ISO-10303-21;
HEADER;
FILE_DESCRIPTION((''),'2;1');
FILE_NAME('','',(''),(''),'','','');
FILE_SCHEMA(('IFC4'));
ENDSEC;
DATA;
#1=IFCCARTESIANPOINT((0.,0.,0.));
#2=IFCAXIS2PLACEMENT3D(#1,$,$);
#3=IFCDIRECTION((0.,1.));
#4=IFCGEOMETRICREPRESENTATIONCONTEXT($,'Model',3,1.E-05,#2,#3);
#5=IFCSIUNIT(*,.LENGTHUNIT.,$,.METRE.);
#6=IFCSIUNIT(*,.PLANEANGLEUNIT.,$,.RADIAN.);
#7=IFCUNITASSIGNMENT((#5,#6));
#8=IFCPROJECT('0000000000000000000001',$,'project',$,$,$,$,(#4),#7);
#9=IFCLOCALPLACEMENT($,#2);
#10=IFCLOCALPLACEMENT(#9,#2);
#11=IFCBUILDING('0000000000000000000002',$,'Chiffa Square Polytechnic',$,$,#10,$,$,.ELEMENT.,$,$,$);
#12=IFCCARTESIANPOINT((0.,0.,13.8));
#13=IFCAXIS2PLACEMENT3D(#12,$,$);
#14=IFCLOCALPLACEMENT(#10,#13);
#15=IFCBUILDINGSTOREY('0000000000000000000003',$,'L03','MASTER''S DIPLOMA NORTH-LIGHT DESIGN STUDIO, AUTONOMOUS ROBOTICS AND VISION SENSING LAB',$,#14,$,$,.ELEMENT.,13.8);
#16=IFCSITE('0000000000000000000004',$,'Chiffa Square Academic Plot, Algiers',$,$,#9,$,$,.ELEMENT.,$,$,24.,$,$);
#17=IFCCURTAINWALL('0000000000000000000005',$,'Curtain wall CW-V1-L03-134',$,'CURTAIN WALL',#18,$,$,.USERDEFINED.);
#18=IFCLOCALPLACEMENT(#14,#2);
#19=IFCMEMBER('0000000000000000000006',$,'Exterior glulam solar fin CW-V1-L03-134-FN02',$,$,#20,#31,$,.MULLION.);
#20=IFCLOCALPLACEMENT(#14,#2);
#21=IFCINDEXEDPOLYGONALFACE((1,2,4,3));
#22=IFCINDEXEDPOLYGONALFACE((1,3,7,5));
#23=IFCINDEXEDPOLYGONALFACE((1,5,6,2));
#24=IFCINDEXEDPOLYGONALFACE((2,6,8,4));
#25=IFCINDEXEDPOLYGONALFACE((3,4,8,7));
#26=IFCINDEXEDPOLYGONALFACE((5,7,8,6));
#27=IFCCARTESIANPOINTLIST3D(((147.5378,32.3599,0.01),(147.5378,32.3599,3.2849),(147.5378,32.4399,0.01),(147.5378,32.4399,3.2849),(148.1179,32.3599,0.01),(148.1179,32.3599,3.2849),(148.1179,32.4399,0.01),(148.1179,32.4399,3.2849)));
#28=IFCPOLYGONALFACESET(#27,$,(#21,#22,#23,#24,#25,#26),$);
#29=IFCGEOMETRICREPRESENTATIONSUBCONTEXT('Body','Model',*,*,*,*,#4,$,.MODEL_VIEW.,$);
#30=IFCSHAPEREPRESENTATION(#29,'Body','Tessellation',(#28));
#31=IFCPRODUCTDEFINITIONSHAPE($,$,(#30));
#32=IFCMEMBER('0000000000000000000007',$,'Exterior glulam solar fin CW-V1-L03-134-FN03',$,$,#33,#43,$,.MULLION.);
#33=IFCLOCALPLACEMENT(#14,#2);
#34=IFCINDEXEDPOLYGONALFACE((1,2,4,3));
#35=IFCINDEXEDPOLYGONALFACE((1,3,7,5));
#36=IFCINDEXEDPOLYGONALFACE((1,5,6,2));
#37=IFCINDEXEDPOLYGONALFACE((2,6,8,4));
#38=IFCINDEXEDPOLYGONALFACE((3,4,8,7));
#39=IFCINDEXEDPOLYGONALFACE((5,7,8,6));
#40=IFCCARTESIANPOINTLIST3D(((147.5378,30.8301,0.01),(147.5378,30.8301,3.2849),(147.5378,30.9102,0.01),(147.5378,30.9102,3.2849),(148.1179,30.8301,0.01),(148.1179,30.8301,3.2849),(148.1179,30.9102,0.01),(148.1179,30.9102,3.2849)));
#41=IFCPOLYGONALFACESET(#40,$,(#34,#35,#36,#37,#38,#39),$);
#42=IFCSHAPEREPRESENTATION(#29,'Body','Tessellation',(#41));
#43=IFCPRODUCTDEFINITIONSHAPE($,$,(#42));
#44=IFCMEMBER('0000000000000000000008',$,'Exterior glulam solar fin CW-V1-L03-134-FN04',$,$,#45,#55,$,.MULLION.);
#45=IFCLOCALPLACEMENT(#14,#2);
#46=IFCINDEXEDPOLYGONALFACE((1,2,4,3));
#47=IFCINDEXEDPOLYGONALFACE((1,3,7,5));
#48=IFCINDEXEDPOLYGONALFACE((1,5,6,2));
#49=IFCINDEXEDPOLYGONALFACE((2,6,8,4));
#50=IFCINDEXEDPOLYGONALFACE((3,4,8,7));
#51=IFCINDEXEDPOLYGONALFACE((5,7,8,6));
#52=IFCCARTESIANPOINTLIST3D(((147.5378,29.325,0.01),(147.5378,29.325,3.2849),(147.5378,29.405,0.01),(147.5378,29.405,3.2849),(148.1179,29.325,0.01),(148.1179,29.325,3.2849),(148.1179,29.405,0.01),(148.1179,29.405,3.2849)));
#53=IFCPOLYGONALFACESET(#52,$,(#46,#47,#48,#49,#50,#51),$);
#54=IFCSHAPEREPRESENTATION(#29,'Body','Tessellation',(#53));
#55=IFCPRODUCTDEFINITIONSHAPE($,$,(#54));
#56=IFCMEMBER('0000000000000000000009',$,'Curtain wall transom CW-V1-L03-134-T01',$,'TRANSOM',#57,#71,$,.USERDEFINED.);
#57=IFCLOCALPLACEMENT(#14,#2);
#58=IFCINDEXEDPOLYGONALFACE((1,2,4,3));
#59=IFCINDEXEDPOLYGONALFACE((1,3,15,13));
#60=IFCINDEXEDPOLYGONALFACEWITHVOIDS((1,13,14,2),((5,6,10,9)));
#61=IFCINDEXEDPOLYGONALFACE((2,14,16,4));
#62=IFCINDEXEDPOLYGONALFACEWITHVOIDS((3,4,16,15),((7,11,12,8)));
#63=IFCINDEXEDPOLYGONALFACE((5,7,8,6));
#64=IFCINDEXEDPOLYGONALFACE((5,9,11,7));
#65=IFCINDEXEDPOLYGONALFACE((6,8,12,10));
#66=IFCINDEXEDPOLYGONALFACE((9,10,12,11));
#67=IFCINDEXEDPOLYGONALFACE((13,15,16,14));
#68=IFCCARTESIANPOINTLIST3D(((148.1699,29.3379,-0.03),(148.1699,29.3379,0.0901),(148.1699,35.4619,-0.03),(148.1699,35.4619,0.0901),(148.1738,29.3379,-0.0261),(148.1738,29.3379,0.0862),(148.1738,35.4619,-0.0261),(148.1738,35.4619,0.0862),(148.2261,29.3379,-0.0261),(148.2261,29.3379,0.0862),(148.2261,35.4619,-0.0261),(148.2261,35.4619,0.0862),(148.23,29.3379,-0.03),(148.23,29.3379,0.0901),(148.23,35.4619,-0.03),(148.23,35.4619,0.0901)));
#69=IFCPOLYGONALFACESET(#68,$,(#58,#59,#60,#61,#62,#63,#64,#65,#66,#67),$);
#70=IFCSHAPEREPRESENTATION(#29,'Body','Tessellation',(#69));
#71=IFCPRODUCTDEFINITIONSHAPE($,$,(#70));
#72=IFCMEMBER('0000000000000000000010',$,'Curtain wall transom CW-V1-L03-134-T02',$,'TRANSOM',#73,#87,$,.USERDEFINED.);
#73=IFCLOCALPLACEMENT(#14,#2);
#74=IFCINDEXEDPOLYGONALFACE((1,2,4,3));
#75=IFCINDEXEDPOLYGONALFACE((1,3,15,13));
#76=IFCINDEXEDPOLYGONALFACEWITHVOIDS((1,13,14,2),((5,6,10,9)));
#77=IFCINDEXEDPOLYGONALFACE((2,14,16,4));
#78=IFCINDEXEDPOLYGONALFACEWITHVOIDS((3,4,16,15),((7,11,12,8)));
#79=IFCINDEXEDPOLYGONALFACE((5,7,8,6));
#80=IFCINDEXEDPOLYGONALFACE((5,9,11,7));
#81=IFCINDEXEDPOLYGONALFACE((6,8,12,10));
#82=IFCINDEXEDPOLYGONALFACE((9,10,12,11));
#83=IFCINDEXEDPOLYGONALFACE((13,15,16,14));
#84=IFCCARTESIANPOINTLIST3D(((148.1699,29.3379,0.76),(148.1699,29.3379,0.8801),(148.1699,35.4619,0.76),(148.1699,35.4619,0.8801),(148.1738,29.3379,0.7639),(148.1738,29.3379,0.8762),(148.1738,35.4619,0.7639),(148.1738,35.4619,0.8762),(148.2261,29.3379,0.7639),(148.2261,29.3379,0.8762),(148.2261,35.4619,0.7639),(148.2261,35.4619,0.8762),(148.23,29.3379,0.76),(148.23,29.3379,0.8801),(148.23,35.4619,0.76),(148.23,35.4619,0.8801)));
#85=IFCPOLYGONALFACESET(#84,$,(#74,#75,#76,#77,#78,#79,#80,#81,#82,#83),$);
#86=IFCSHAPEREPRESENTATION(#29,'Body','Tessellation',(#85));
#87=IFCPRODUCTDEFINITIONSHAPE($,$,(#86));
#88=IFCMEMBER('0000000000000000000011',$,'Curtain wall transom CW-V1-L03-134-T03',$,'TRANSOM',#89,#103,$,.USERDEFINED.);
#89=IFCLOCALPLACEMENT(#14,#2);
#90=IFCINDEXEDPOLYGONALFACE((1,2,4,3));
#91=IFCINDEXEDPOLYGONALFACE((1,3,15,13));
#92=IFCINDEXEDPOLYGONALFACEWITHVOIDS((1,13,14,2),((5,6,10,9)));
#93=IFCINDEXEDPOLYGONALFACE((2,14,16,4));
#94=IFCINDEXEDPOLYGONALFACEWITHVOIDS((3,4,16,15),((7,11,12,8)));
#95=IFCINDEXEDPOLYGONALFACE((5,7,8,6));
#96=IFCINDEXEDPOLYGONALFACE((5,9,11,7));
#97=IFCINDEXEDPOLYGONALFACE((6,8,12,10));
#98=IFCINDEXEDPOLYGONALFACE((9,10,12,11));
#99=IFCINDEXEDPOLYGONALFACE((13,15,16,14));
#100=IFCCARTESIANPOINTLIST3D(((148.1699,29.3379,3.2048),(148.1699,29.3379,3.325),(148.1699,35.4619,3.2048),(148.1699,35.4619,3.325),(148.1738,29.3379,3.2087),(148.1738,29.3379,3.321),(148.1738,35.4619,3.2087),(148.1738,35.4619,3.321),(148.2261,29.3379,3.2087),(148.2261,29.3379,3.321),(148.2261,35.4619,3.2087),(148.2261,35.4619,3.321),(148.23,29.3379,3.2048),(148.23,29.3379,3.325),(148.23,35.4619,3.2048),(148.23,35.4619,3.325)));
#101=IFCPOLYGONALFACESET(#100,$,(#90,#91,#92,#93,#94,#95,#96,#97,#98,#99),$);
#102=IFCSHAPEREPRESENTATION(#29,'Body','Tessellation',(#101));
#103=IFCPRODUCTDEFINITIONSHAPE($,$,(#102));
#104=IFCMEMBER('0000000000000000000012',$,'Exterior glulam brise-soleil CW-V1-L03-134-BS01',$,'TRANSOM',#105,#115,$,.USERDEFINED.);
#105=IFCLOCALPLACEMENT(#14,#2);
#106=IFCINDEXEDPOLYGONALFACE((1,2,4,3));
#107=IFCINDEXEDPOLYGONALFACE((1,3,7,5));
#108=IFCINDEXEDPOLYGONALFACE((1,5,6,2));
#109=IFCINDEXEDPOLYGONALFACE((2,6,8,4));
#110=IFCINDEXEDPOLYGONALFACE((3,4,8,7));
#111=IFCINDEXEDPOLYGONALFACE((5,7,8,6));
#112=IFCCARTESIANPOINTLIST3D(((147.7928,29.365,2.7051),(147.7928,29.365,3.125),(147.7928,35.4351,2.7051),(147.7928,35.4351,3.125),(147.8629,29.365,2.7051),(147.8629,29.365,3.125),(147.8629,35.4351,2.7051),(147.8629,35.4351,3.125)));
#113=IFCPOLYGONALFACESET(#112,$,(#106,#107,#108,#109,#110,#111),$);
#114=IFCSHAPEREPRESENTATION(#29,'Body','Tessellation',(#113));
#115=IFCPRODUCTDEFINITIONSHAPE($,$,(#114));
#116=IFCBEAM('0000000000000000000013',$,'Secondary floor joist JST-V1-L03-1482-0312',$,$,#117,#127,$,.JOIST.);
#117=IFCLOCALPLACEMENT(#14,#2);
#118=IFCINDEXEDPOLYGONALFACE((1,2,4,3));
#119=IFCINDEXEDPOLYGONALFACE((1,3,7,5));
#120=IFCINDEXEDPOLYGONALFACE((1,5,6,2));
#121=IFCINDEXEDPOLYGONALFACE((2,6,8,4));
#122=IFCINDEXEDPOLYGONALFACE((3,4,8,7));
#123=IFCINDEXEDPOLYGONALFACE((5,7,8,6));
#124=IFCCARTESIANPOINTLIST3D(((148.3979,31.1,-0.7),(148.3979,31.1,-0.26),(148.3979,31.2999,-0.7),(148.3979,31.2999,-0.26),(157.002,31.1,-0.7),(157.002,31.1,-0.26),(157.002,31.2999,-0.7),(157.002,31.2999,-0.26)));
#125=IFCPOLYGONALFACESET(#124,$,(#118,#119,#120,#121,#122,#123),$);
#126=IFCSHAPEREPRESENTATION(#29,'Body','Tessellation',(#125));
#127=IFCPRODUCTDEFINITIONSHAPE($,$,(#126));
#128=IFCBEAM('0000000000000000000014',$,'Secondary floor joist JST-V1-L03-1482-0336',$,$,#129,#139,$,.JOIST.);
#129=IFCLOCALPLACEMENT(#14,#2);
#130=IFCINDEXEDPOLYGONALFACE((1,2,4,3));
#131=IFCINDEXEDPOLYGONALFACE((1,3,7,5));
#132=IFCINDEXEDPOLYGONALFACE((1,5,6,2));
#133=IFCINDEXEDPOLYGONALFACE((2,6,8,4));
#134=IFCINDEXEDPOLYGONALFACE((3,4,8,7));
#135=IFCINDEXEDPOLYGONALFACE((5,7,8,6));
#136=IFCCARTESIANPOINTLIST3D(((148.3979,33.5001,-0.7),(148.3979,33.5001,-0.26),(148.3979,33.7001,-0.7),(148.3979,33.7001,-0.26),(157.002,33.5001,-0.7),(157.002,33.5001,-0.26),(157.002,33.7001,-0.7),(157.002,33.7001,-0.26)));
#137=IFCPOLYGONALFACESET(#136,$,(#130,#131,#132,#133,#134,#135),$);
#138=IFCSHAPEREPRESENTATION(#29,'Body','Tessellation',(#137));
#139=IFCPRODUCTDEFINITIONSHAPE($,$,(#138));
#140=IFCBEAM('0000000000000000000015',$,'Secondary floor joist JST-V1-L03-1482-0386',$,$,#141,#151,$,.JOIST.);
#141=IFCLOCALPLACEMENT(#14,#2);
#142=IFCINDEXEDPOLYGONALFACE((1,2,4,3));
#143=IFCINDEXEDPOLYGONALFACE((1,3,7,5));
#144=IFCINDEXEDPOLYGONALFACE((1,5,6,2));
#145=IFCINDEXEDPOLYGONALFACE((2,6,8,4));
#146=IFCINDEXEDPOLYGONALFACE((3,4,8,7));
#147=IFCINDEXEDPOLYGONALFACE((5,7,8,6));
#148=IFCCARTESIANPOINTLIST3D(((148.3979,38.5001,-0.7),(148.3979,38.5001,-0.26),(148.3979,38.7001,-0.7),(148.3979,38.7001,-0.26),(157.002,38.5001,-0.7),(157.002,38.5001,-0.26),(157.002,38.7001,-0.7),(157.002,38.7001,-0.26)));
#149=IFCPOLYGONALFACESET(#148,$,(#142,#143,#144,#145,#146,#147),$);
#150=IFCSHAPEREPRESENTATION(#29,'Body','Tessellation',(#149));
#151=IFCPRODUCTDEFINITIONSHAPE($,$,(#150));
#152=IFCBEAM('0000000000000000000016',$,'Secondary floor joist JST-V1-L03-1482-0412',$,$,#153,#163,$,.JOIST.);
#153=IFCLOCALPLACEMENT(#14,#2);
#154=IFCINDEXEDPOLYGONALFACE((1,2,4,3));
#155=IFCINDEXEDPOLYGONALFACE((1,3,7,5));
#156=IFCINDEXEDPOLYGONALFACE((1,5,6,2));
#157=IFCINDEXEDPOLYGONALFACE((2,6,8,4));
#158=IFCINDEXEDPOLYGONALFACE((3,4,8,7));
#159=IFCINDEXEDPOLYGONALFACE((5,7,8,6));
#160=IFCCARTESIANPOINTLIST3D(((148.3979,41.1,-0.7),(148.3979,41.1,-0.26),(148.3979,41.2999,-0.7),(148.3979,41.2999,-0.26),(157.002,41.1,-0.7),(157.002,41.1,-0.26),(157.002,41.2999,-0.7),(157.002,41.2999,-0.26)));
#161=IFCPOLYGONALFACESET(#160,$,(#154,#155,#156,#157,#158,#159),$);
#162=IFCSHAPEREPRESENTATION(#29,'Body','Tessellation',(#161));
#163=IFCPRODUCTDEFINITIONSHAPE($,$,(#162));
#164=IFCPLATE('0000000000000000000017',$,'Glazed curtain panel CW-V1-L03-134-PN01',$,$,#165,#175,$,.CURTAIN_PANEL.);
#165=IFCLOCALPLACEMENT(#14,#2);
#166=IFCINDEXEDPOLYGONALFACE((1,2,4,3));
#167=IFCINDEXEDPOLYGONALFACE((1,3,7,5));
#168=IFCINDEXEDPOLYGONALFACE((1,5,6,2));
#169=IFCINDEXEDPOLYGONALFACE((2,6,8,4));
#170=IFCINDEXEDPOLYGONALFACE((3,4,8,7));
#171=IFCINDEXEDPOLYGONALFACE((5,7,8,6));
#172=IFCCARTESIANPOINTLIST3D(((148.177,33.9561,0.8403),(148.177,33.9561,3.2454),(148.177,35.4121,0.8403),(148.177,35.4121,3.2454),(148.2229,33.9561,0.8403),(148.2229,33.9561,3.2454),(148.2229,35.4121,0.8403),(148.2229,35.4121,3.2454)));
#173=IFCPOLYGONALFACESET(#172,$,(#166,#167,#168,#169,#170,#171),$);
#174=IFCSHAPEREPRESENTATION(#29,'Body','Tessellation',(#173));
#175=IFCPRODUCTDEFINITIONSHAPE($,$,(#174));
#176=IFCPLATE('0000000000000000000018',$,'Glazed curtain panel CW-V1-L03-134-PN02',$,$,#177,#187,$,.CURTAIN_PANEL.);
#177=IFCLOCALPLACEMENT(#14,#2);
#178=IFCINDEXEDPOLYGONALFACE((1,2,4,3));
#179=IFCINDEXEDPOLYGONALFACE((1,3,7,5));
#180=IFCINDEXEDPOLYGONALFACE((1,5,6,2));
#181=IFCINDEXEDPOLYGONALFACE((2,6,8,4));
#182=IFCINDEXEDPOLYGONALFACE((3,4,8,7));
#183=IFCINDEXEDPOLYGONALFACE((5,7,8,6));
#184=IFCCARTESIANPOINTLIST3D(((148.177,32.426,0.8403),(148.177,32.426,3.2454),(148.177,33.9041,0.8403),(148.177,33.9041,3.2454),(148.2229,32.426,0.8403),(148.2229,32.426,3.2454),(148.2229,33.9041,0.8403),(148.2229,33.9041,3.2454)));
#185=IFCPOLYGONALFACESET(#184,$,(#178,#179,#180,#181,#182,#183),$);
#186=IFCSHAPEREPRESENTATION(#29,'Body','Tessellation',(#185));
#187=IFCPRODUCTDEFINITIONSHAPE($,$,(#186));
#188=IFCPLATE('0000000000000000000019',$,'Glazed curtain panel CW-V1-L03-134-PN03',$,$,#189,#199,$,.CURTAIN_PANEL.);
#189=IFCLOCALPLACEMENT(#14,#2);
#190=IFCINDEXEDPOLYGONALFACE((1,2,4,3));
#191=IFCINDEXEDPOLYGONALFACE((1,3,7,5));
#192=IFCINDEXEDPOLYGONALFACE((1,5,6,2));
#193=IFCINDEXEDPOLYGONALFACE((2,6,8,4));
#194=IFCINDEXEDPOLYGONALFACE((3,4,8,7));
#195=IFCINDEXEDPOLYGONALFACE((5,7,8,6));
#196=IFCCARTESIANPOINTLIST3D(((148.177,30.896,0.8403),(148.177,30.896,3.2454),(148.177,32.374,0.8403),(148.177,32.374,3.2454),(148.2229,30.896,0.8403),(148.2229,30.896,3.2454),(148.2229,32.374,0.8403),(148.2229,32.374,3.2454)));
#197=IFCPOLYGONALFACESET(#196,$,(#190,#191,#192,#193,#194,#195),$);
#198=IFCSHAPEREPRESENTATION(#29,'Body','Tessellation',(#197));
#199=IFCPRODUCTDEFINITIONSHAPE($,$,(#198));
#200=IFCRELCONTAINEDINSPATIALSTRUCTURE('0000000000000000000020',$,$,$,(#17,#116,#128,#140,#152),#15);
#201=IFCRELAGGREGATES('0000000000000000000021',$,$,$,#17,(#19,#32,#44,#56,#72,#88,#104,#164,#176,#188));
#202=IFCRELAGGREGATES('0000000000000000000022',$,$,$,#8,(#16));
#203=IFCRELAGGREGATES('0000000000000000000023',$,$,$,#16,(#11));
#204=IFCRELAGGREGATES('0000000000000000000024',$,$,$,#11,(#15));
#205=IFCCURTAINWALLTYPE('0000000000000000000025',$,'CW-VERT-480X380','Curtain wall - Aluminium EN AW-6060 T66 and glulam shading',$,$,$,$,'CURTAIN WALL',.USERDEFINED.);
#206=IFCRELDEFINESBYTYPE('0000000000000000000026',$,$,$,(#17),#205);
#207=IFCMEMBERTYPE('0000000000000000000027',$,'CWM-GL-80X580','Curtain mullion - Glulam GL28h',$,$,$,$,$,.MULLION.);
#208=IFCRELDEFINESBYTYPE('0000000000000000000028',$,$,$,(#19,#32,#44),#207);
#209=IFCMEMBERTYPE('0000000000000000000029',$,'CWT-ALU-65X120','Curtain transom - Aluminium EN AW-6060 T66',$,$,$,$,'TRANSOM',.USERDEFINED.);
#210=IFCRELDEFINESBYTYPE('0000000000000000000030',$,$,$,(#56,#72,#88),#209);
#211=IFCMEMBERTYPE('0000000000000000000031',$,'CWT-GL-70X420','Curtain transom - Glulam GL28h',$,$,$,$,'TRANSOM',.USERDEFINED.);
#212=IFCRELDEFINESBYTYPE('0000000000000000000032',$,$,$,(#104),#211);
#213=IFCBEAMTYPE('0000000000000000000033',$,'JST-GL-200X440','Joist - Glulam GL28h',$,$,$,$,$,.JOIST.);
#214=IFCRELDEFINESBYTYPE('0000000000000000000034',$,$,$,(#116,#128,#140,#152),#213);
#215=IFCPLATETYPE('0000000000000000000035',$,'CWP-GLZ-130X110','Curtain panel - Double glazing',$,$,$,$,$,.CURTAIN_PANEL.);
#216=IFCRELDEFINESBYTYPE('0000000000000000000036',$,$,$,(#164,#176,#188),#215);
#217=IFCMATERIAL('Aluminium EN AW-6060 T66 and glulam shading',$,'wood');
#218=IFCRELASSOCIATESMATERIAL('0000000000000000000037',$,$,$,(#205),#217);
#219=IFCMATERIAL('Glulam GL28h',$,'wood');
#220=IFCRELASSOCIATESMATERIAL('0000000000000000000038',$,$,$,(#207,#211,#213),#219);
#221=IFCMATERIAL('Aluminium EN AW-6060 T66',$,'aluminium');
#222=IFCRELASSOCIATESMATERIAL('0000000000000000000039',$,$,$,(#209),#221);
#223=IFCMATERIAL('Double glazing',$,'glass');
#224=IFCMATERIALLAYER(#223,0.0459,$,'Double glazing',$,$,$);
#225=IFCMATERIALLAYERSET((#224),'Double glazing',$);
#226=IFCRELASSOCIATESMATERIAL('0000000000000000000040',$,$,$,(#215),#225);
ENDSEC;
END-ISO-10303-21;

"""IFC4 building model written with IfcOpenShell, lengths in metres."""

from ifc_helpers import new_model, si_unit, direction, frame, origin, origin_2d, place, context, subcontext, project, spatial, rectangle, hollow_rectangle, extrude, material, layer, layer_set, material_profile, profile_set, type_object, element, aggregate, save


model = new_model("IFC4")

# Units and contexts
model_context = context("Model", 3, precision=1e-05, world=origin(), true_north=direction((0.0, 1.0)))
body_context = subcontext(model_context, "Body", "Model", "MODEL_VIEW")
ifc_project = project(units=[si_unit("LENGTHUNIT", "METRE"), si_unit("PLANEANGLEUNIT", "RADIAN")], contexts=[model_context])

# Site, building, storey
site_placement = place(None, origin())
site = spatial("IfcSite", under=ifc_project, at=site_placement, Name="Chiffa Square Academic Plot, Algiers", CompositionType="ELEMENT", RefElevation=24.0)
building_placement = place(site_placement, origin())
building = spatial("IfcBuilding", under=site, at=building_placement, Name="Chiffa Square Polytechnic", CompositionType="ELEMENT")
storey_placement = place(building_placement, frame((0.0, 0.0, 13.8)))
storey = spatial("IfcBuildingStorey", under=building, at=storey_placement, Name="L03", Description="MASTER'S DIPLOMA NORTH-LIGHT DESIGN STUDIO, AUTONOMOUS ROBOTICS AND VISION SENSING LAB", CompositionType="ELEMENT", Elevation=13.8)

# Curtain wall, members
ifc_material_1 = material(Name="Aluminium EN AW-6060 T66 and glulam shading", Category="wood")
curtain_wall_type = type_object("IfcCurtainWallType", Name="CW-VERT-480X380", Description="Curtain wall - Aluminium EN AW-6060 T66 and glulam shading", ElementType="CURTAIN WALL", PredefinedType="USERDEFINED", material=ifc_material_1)
curtain_wall_placement = place(storey_placement, origin())
curtain_wall = element("IfcCurtainWall", 1, at=curtain_wall_placement, inside=storey, type_object=curtain_wall_type, Name="Curtain wall CW-V1-L03-134", ObjectType="CURTAIN WALL", PredefinedType="USERDEFINED")
ifc_material_2 = material(Name="Aluminium EN AW-6060 T66", Category="aluminium")
ifc_material_3 = material(Name="Glulam GL28h", Category="wood")
ifc_material_profile_1 = material_profile(ifc_material_3, rectangle(XDim=0.0801, YDim=0.5801, at=origin_2d()), Name="GL28h 80x580")
ifc_profile_set_1 = profile_set([ifc_material_profile_1], Name="Glulam GL28h")
member_type_1 = type_object("IfcMemberType", Name="CWM-GL-80X580", Description="Curtain mullion - Glulam GL28h", PredefinedType="MULLION", material=ifc_profile_set_1)
member_1_placement = place(storey_placement, frame((147.8279, 32.3999, 0.01), z_axis=(0.0, 0.0, 1.0), x_axis=(0.0, -1.0, 0.0)))
member_1 = element("IfcMember", 2, at=member_1_placement, type_object=member_type_1, Name="Exterior glulam solar fin CW-V1-L03-134-FN02", PredefinedType="MULLION", context=body_context, shape_type="SweptSolid", body=[
    extrude(rectangle(XDim=0.0801, YDim=0.5801, at=origin_2d()), origin(), (0.0, 0.0, 1.0), 3.2749),
])
member_2_placement = place(storey_placement, frame((147.8279, 30.8701, 0.01), z_axis=(0.0, 0.0, 1.0), x_axis=(0.0, -1.0, 0.0)))
member_2 = element("IfcMember", 3, at=member_2_placement, type_object=member_type_1, Name="Exterior glulam solar fin CW-V1-L03-134-FN03", PredefinedType="MULLION", context=body_context, shape_type="SweptSolid", body=[
    extrude(rectangle(XDim=0.0801, YDim=0.5801, at=origin_2d()), origin(), (0.0, 0.0, 1.0), 3.2749),
])
member_3_placement = place(storey_placement, frame((147.8279, 29.365, 0.01), z_axis=(0.0, 0.0, 1.0), x_axis=(0.0, -1.0, 0.0)))
member_3 = element("IfcMember", 4, at=member_3_placement, type_object=member_type_1, Name="Exterior glulam solar fin CW-V1-L03-134-FN04", PredefinedType="MULLION", context=body_context, shape_type="SweptSolid", body=[
    extrude(rectangle(XDim=0.0801, YDim=0.5801, at=origin_2d()), origin(), (0.0, 0.0, 1.0), 3.2749),
])
ifc_material_profile_2 = material_profile(ifc_material_2, hollow_rectangle(XDim=0.0601, YDim=0.1201, WallThickness=0.0039, at=origin_2d()), Name="ALU 60x120x4")
ifc_profile_set_2 = profile_set([ifc_material_profile_2], Name="Aluminium EN AW-6060 T66")
member_type_2 = type_object("IfcMemberType", Name="CWT-ALU-65X120", Description="Curtain transom - Aluminium EN AW-6060 T66", ElementType="TRANSOM", PredefinedType="USERDEFINED", material=ifc_profile_set_2)
member_4_placement = place(storey_placement, frame((148.2, 35.4619, 0.03), z_axis=(0.0, -1.0, 0.0), x_axis=(1.0, 0.0, 0.0)))
member_4 = element("IfcMember", 5, at=member_4_placement, type_object=member_type_2, Name="Curtain wall transom CW-V1-L03-134-T01", ObjectType="TRANSOM", PredefinedType="USERDEFINED", context=body_context, shape_type="SweptSolid", body=[
    extrude(hollow_rectangle(XDim=0.0601, YDim=0.1201, WallThickness=0.0039, at=origin_2d()), origin(), (0.0, 0.0, 1.0), 6.124),
])
member_5_placement = place(storey_placement, frame((148.2, 35.4619, 0.8201), z_axis=(0.0, -1.0, 0.0), x_axis=(1.0, 0.0, 0.0)))
member_5 = element("IfcMember", 6, at=member_5_placement, type_object=member_type_2, Name="Curtain wall transom CW-V1-L03-134-T02", ObjectType="TRANSOM", PredefinedType="USERDEFINED", context=body_context, shape_type="SweptSolid", body=[
    extrude(hollow_rectangle(XDim=0.0601, YDim=0.1201, WallThickness=0.0039, at=origin_2d()), origin(), (0.0, 0.0, 1.0), 6.124),
])
member_6_placement = place(storey_placement, frame((148.2, 35.4619, 3.2649), z_axis=(0.0, -1.0, 0.0), x_axis=(1.0, 0.0, 0.0)))
member_6 = element("IfcMember", 7, at=member_6_placement, type_object=member_type_2, Name="Curtain wall transom CW-V1-L03-134-T03", ObjectType="TRANSOM", PredefinedType="USERDEFINED", context=body_context, shape_type="SweptSolid", body=[
    extrude(hollow_rectangle(XDim=0.0601, YDim=0.1201, WallThickness=0.0039, at=origin_2d()), origin(), (0.0, 0.0, 1.0), 6.124),
])
ifc_material_profile_3 = material_profile(ifc_material_3, rectangle(XDim=0.0701, YDim=0.4199, at=origin_2d()), Name="GL28h 70x420")
ifc_profile_set_3 = profile_set([ifc_material_profile_3], Name="Glulam GL28h")
member_type_3 = type_object("IfcMemberType", Name="CWT-GL-70X420", Description="Curtain transom - Glulam GL28h", ElementType="TRANSOM", PredefinedType="USERDEFINED", material=ifc_profile_set_3)
member_7_placement = place(storey_placement, frame((147.8279, 35.4351, 2.915), z_axis=(0.0, -1.0, 0.0), x_axis=(1.0, 0.0, 0.0)))
member_7 = element("IfcMember", 8, at=member_7_placement, type_object=member_type_3, Name="Exterior glulam brise-soleil CW-V1-L03-134-BS01", ObjectType="TRANSOM", PredefinedType="USERDEFINED", context=body_context, shape_type="SweptSolid", body=[
    extrude(rectangle(XDim=0.0701, YDim=0.4199, at=origin_2d()), origin(), (0.0, 0.0, 1.0), 6.0701),
])

# Beams
ifc_material_profile_4 = material_profile(ifc_material_3, rectangle(XDim=0.2, YDim=0.4399, at=origin_2d()), Name="GL28h 200x440")
ifc_profile_set_4 = profile_set([ifc_material_profile_4], Name="Glulam GL28h")
beam_type_1 = type_object("IfcBeamType", Name="JST-GL-200X440", Description="Joist - Glulam GL28h", PredefinedType="JOIST", material=ifc_profile_set_4)
for number, where, z_axis, x_axis, name in (
    (9, (148.3979, 31.2, -0.48), (1.0, 0.0, 0.0), (0.0, 1.0, 0.0), "Secondary floor joist JST-V1-L03-1482-0312"),
    (10, (148.3979, 33.6001, -0.48), (1.0, 0.0, 0.0), (0.0, 1.0, 0.0), "Secondary floor joist JST-V1-L03-1482-0336"),
    (11, (148.3979, 38.6001, -0.48), (1.0, 0.0, 0.0), (0.0, 1.0, 0.0), "Secondary floor joist JST-V1-L03-1482-0386"),
    (12, (148.3979, 41.2, -0.48), (1.0, 0.0, 0.0), (0.0, 1.0, 0.0), "Secondary floor joist JST-V1-L03-1482-0412"),
):
    element("IfcBeam", number, at=place(storey_placement, frame(where, z_axis=z_axis, x_axis=x_axis)), inside=storey, type_object=beam_type_1, Name=name, PredefinedType="JOIST", context=body_context, shape_type="SweptSolid", body=[
        extrude(rectangle(XDim=0.2, YDim=0.4399, at=origin_2d()), origin(), (0.0, 0.0, 1.0), 8.604),
    ])

# Plates
ifc_material_4 = material(Name="Double glazing", Category="glass")
ifc_layer_1 = layer(ifc_material_4, 0.0459, Name="Double glazing")
ifc_layer_set_1 = layer_set([ifc_layer_1], Name="Double glazing")
plate_type_1 = type_object("IfcPlateType", Name="CWP-GLZ-130X110", Description="Curtain panel - Double glazing", PredefinedType="CURTAIN_PANEL", material=ifc_layer_set_1)
plate_1_placement = place(storey_placement, frame((148.2, 34.6841, 0.8403), z_axis=(0.0, 0.0, 1.0), x_axis=(0.0, -1.0, 0.0)))
plate_1 = element("IfcPlate", 13, at=plate_1_placement, type_object=plate_type_1, Name="Glazed curtain panel CW-V1-L03-134-PN01", PredefinedType="CURTAIN_PANEL", context=body_context, shape_type="SweptSolid", body=[
    extrude(rectangle(XDim=1.4561, YDim=0.0459, at=origin_2d()), origin(), (0.0, 0.0, 1.0), 2.405),
])
plate_2_placement = place(storey_placement, frame((148.2, 33.165, 0.8403), z_axis=(0.0, 0.0, 1.0), x_axis=(0.0, -1.0, 0.0)))
plate_2 = element("IfcPlate", 14, at=plate_2_placement, type_object=plate_type_1, Name="Glazed curtain panel CW-V1-L03-134-PN02", PredefinedType="CURTAIN_PANEL", context=body_context, shape_type="SweptSolid", body=[
    extrude(rectangle(XDim=1.478, YDim=0.0459, at=origin_2d()), origin(), (0.0, 0.0, 1.0), 2.405),
])
plate_3_placement = place(storey_placement, frame((148.2, 31.635, 0.8403), z_axis=(0.0, 0.0, 1.0), x_axis=(0.0, -1.0, 0.0)))
plate_3 = element("IfcPlate", 15, at=plate_3_placement, type_object=plate_type_1, Name="Glazed curtain panel CW-V1-L03-134-PN03", PredefinedType="CURTAIN_PANEL", context=body_context, shape_type="SweptSolid", body=[
    extrude(rectangle(XDim=1.478, YDim=0.0459, at=origin_2d()), origin(), (0.0, 0.0, 1.0), 2.405),
])
aggregate(curtain_wall, [member_1, member_2, member_3, member_4, member_5, member_6, member_7, plate_1, plate_2, plate_3])

save(model, "model.ifc")
